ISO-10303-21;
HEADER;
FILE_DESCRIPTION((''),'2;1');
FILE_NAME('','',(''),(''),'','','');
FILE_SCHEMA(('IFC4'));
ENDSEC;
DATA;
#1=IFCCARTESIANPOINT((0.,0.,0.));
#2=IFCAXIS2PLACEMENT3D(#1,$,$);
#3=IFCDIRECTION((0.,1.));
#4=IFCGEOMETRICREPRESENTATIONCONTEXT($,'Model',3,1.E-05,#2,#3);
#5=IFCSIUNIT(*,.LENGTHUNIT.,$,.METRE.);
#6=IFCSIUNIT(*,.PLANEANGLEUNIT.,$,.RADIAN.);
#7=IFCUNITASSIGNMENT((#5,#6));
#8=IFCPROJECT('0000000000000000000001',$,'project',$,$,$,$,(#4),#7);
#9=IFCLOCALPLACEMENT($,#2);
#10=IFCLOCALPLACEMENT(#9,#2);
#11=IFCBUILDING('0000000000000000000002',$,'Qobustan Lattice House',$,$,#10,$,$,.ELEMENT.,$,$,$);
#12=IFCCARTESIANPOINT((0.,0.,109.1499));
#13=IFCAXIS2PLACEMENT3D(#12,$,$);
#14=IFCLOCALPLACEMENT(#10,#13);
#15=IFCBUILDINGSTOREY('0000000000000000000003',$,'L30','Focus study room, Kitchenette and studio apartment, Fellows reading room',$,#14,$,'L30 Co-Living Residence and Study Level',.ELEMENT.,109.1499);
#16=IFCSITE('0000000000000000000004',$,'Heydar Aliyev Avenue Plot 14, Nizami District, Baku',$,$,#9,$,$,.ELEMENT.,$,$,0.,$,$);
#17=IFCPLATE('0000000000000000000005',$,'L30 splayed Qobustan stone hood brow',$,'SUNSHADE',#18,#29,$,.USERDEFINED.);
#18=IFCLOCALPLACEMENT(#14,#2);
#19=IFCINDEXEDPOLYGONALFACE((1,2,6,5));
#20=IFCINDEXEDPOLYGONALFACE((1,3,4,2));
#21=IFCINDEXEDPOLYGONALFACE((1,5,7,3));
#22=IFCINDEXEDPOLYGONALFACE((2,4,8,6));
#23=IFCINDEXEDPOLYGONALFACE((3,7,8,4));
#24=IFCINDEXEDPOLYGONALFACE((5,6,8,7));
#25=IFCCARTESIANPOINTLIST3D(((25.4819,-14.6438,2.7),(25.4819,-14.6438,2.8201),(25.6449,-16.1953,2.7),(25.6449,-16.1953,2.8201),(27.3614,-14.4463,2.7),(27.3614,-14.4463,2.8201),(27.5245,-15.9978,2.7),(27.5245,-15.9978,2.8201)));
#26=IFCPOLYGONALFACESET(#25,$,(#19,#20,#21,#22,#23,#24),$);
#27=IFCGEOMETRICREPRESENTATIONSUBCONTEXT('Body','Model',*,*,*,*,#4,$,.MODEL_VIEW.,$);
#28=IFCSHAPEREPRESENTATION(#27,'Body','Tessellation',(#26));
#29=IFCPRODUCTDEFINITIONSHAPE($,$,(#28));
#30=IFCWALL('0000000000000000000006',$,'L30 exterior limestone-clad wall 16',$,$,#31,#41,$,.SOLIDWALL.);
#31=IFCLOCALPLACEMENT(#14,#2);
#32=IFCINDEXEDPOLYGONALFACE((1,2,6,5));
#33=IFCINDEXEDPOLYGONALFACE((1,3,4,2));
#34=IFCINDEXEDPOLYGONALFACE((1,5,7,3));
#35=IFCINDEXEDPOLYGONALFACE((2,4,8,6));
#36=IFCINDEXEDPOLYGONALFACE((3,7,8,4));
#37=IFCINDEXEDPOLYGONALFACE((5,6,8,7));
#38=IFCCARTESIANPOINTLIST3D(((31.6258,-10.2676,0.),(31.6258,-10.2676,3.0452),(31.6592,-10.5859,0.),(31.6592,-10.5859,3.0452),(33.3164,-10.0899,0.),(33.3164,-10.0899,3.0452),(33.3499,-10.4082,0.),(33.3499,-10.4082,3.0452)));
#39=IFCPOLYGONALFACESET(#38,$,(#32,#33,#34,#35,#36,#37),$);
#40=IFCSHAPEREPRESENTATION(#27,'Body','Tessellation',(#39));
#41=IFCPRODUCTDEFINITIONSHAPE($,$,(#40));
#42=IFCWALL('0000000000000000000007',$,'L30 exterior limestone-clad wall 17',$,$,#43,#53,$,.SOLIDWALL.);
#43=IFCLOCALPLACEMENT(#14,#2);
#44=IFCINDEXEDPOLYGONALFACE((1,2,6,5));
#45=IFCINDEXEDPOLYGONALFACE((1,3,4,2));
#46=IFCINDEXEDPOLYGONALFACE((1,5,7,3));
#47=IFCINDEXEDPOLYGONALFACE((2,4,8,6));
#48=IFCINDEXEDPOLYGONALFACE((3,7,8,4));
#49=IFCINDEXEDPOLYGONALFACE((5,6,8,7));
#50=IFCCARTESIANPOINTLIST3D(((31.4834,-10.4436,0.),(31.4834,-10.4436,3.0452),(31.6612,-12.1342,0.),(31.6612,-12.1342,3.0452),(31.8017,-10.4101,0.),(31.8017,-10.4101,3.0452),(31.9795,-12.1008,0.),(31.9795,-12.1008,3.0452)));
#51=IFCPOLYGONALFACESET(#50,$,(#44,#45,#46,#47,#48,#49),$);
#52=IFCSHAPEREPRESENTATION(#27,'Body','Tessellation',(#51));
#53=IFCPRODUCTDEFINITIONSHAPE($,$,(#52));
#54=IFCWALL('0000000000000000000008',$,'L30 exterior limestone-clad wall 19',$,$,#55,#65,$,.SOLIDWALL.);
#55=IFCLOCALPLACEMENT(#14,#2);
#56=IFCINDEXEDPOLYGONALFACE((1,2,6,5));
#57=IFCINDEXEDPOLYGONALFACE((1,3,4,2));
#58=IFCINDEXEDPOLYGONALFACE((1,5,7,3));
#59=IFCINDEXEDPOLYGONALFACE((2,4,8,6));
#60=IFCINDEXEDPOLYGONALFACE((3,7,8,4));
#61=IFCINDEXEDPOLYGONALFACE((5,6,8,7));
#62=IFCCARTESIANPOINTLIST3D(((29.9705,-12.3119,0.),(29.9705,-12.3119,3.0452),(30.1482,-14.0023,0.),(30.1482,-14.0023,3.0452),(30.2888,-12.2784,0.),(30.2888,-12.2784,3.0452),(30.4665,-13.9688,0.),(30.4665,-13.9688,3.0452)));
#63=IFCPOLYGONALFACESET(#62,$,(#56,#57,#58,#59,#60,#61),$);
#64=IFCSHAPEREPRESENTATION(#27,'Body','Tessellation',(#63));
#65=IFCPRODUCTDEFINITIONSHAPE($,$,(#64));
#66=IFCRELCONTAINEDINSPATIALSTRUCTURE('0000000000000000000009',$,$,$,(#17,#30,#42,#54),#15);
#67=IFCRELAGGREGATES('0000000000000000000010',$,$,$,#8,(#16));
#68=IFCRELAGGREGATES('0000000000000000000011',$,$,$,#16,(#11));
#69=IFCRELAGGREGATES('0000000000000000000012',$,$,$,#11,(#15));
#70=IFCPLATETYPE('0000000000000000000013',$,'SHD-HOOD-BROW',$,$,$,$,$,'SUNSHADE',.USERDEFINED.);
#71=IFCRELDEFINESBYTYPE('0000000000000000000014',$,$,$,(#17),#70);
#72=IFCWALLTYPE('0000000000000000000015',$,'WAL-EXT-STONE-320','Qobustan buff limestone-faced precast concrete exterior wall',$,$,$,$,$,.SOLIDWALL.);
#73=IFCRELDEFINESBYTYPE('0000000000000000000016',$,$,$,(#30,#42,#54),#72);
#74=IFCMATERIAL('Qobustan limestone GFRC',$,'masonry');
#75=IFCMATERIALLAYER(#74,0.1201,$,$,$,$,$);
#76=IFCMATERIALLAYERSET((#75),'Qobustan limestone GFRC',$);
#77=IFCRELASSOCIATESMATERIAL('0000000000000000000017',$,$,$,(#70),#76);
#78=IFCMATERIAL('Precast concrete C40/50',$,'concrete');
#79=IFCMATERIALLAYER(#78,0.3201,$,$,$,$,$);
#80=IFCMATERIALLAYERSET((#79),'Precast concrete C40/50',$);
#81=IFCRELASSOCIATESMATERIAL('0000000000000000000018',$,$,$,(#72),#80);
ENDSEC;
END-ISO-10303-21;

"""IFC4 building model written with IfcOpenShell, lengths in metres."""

from ifc_helpers import new_model, si_unit, direction, frame, frame_2d, origin, origin_2d, place, context, subcontext, project, spatial, rectangle, extrude, material, layer, layer_set, type_object, element, save


model = new_model("IFC4")

# Units and contexts
model_context = context("Model", 3, precision=1e-05, world=origin(), true_north=direction((0.0, 1.0)))
body_context = subcontext(model_context, "Body", "Model", "MODEL_VIEW")
ifc_project = project(units=[si_unit("LENGTHUNIT", "METRE"), si_unit("PLANEANGLEUNIT", "RADIAN")], contexts=[model_context])

# Site, building, storey
site_placement = place(None, origin())
site = spatial("IfcSite", under=ifc_project, at=site_placement, Name="Heydar Aliyev Avenue Plot 14, Nizami District, Baku", CompositionType="ELEMENT", RefElevation=0.0)
building_placement = place(site_placement, origin())
building = spatial("IfcBuilding", under=site, at=building_placement, Name="Qobustan Lattice House", CompositionType="ELEMENT")
storey_placement = place(building_placement, frame((0.0, 0.0, 109.1499)))
storey = spatial("IfcBuildingStorey", under=building, at=storey_placement, Name="L30", Description="Focus study room, Kitchenette and studio apartment, Fellows reading room", LongName="L30 Co-Living Residence and Study Level", CompositionType="ELEMENT", Elevation=109.1499)

# Plate
ifc_material_1 = material(Name="Qobustan limestone GFRC", Category="masonry")
ifc_layer_1 = layer(ifc_material_1, 0.1201)
ifc_layer_set_1 = layer_set([ifc_layer_1], Name="Qobustan limestone GFRC")
plate_type_1 = type_object("IfcPlateType", Name="SHD-HOOD-BROW", ElementType="SUNSHADE", PredefinedType="USERDEFINED", material=ifc_layer_set_1)
plate_1_placement = place(storey_placement, frame((26.5032, -15.3208, 2.7), z_axis=(0.0, 0.0, 1.0), x_axis=(-0.994522, -0.104528, 0.0)))
element("IfcPlate", 1, at=plate_1_placement, inside=storey, type_object=plate_type_1, Name="L30 splayed Qobustan stone hood brow", ObjectType="SUNSHADE", PredefinedType="USERDEFINED", context=body_context, shape_type="SweptSolid", body=[
    extrude(rectangle(XDim=1.8899, YDim=1.5601, at=origin_2d()), origin(), (0.0, 0.0, 1.0), 0.1201),
])

# Walls
ifc_material_2 = material(Name="Precast concrete C40/50", Category="concrete")
ifc_layer_2 = layer(ifc_material_2, 0.3201)
ifc_layer_set_2 = layer_set([ifc_layer_2], Name="Precast concrete C40/50")
wall_type = type_object("IfcWallType", Name="WAL-EXT-STONE-320", Description="Qobustan buff limestone-faced precast concrete exterior wall", PredefinedType="SOLIDWALL", material=ifc_layer_set_2)
for number, where, z_axis, x_axis, name in (
    (2, (33.3333, -10.249, 0.0), (0.0, 0.0, 1.0), (-0.99452, -0.10455, 0.0), "L30 exterior limestone-clad wall 16"),
    (3, (31.6426, -10.4268, 0.0), (0.0, 0.0, 1.0), (0.10455, -0.99452, 0.0), "L30 exterior limestone-clad wall 17"),
):
    element("IfcWall", number, at=place(storey_placement, frame(where, z_axis=z_axis, x_axis=x_axis)), inside=storey, type_object=wall_type, Name=name, PredefinedType="SOLIDWALL", context=body_context, shape_type="SweptSolid", body=[
        extrude(rectangle(XDim=1.7, YDim=0.3201, at=frame_2d((0.8501, 0.0))), origin(), (0.0, 0.0, 1.0), 3.0452),
    ])
wall_1_placement = place(storey_placement, frame((30.1296, -12.2952, 0.0), z_axis=(0.0, 0.0, 1.0), x_axis=(0.104565, -0.994518, 0.0)))
element("IfcWall", 4, at=wall_1_placement, inside=storey, type_object=wall_type, Name="L30 exterior limestone-clad wall 19", PredefinedType="SOLIDWALL", context=body_context, shape_type="SweptSolid", body=[
    extrude(rectangle(XDim=1.6997, YDim=0.3201, at=frame_2d((0.8499, 0.0))), origin(), (0.0, 0.0, 1.0), 3.0452),
])

save(model, "model.ifc")
